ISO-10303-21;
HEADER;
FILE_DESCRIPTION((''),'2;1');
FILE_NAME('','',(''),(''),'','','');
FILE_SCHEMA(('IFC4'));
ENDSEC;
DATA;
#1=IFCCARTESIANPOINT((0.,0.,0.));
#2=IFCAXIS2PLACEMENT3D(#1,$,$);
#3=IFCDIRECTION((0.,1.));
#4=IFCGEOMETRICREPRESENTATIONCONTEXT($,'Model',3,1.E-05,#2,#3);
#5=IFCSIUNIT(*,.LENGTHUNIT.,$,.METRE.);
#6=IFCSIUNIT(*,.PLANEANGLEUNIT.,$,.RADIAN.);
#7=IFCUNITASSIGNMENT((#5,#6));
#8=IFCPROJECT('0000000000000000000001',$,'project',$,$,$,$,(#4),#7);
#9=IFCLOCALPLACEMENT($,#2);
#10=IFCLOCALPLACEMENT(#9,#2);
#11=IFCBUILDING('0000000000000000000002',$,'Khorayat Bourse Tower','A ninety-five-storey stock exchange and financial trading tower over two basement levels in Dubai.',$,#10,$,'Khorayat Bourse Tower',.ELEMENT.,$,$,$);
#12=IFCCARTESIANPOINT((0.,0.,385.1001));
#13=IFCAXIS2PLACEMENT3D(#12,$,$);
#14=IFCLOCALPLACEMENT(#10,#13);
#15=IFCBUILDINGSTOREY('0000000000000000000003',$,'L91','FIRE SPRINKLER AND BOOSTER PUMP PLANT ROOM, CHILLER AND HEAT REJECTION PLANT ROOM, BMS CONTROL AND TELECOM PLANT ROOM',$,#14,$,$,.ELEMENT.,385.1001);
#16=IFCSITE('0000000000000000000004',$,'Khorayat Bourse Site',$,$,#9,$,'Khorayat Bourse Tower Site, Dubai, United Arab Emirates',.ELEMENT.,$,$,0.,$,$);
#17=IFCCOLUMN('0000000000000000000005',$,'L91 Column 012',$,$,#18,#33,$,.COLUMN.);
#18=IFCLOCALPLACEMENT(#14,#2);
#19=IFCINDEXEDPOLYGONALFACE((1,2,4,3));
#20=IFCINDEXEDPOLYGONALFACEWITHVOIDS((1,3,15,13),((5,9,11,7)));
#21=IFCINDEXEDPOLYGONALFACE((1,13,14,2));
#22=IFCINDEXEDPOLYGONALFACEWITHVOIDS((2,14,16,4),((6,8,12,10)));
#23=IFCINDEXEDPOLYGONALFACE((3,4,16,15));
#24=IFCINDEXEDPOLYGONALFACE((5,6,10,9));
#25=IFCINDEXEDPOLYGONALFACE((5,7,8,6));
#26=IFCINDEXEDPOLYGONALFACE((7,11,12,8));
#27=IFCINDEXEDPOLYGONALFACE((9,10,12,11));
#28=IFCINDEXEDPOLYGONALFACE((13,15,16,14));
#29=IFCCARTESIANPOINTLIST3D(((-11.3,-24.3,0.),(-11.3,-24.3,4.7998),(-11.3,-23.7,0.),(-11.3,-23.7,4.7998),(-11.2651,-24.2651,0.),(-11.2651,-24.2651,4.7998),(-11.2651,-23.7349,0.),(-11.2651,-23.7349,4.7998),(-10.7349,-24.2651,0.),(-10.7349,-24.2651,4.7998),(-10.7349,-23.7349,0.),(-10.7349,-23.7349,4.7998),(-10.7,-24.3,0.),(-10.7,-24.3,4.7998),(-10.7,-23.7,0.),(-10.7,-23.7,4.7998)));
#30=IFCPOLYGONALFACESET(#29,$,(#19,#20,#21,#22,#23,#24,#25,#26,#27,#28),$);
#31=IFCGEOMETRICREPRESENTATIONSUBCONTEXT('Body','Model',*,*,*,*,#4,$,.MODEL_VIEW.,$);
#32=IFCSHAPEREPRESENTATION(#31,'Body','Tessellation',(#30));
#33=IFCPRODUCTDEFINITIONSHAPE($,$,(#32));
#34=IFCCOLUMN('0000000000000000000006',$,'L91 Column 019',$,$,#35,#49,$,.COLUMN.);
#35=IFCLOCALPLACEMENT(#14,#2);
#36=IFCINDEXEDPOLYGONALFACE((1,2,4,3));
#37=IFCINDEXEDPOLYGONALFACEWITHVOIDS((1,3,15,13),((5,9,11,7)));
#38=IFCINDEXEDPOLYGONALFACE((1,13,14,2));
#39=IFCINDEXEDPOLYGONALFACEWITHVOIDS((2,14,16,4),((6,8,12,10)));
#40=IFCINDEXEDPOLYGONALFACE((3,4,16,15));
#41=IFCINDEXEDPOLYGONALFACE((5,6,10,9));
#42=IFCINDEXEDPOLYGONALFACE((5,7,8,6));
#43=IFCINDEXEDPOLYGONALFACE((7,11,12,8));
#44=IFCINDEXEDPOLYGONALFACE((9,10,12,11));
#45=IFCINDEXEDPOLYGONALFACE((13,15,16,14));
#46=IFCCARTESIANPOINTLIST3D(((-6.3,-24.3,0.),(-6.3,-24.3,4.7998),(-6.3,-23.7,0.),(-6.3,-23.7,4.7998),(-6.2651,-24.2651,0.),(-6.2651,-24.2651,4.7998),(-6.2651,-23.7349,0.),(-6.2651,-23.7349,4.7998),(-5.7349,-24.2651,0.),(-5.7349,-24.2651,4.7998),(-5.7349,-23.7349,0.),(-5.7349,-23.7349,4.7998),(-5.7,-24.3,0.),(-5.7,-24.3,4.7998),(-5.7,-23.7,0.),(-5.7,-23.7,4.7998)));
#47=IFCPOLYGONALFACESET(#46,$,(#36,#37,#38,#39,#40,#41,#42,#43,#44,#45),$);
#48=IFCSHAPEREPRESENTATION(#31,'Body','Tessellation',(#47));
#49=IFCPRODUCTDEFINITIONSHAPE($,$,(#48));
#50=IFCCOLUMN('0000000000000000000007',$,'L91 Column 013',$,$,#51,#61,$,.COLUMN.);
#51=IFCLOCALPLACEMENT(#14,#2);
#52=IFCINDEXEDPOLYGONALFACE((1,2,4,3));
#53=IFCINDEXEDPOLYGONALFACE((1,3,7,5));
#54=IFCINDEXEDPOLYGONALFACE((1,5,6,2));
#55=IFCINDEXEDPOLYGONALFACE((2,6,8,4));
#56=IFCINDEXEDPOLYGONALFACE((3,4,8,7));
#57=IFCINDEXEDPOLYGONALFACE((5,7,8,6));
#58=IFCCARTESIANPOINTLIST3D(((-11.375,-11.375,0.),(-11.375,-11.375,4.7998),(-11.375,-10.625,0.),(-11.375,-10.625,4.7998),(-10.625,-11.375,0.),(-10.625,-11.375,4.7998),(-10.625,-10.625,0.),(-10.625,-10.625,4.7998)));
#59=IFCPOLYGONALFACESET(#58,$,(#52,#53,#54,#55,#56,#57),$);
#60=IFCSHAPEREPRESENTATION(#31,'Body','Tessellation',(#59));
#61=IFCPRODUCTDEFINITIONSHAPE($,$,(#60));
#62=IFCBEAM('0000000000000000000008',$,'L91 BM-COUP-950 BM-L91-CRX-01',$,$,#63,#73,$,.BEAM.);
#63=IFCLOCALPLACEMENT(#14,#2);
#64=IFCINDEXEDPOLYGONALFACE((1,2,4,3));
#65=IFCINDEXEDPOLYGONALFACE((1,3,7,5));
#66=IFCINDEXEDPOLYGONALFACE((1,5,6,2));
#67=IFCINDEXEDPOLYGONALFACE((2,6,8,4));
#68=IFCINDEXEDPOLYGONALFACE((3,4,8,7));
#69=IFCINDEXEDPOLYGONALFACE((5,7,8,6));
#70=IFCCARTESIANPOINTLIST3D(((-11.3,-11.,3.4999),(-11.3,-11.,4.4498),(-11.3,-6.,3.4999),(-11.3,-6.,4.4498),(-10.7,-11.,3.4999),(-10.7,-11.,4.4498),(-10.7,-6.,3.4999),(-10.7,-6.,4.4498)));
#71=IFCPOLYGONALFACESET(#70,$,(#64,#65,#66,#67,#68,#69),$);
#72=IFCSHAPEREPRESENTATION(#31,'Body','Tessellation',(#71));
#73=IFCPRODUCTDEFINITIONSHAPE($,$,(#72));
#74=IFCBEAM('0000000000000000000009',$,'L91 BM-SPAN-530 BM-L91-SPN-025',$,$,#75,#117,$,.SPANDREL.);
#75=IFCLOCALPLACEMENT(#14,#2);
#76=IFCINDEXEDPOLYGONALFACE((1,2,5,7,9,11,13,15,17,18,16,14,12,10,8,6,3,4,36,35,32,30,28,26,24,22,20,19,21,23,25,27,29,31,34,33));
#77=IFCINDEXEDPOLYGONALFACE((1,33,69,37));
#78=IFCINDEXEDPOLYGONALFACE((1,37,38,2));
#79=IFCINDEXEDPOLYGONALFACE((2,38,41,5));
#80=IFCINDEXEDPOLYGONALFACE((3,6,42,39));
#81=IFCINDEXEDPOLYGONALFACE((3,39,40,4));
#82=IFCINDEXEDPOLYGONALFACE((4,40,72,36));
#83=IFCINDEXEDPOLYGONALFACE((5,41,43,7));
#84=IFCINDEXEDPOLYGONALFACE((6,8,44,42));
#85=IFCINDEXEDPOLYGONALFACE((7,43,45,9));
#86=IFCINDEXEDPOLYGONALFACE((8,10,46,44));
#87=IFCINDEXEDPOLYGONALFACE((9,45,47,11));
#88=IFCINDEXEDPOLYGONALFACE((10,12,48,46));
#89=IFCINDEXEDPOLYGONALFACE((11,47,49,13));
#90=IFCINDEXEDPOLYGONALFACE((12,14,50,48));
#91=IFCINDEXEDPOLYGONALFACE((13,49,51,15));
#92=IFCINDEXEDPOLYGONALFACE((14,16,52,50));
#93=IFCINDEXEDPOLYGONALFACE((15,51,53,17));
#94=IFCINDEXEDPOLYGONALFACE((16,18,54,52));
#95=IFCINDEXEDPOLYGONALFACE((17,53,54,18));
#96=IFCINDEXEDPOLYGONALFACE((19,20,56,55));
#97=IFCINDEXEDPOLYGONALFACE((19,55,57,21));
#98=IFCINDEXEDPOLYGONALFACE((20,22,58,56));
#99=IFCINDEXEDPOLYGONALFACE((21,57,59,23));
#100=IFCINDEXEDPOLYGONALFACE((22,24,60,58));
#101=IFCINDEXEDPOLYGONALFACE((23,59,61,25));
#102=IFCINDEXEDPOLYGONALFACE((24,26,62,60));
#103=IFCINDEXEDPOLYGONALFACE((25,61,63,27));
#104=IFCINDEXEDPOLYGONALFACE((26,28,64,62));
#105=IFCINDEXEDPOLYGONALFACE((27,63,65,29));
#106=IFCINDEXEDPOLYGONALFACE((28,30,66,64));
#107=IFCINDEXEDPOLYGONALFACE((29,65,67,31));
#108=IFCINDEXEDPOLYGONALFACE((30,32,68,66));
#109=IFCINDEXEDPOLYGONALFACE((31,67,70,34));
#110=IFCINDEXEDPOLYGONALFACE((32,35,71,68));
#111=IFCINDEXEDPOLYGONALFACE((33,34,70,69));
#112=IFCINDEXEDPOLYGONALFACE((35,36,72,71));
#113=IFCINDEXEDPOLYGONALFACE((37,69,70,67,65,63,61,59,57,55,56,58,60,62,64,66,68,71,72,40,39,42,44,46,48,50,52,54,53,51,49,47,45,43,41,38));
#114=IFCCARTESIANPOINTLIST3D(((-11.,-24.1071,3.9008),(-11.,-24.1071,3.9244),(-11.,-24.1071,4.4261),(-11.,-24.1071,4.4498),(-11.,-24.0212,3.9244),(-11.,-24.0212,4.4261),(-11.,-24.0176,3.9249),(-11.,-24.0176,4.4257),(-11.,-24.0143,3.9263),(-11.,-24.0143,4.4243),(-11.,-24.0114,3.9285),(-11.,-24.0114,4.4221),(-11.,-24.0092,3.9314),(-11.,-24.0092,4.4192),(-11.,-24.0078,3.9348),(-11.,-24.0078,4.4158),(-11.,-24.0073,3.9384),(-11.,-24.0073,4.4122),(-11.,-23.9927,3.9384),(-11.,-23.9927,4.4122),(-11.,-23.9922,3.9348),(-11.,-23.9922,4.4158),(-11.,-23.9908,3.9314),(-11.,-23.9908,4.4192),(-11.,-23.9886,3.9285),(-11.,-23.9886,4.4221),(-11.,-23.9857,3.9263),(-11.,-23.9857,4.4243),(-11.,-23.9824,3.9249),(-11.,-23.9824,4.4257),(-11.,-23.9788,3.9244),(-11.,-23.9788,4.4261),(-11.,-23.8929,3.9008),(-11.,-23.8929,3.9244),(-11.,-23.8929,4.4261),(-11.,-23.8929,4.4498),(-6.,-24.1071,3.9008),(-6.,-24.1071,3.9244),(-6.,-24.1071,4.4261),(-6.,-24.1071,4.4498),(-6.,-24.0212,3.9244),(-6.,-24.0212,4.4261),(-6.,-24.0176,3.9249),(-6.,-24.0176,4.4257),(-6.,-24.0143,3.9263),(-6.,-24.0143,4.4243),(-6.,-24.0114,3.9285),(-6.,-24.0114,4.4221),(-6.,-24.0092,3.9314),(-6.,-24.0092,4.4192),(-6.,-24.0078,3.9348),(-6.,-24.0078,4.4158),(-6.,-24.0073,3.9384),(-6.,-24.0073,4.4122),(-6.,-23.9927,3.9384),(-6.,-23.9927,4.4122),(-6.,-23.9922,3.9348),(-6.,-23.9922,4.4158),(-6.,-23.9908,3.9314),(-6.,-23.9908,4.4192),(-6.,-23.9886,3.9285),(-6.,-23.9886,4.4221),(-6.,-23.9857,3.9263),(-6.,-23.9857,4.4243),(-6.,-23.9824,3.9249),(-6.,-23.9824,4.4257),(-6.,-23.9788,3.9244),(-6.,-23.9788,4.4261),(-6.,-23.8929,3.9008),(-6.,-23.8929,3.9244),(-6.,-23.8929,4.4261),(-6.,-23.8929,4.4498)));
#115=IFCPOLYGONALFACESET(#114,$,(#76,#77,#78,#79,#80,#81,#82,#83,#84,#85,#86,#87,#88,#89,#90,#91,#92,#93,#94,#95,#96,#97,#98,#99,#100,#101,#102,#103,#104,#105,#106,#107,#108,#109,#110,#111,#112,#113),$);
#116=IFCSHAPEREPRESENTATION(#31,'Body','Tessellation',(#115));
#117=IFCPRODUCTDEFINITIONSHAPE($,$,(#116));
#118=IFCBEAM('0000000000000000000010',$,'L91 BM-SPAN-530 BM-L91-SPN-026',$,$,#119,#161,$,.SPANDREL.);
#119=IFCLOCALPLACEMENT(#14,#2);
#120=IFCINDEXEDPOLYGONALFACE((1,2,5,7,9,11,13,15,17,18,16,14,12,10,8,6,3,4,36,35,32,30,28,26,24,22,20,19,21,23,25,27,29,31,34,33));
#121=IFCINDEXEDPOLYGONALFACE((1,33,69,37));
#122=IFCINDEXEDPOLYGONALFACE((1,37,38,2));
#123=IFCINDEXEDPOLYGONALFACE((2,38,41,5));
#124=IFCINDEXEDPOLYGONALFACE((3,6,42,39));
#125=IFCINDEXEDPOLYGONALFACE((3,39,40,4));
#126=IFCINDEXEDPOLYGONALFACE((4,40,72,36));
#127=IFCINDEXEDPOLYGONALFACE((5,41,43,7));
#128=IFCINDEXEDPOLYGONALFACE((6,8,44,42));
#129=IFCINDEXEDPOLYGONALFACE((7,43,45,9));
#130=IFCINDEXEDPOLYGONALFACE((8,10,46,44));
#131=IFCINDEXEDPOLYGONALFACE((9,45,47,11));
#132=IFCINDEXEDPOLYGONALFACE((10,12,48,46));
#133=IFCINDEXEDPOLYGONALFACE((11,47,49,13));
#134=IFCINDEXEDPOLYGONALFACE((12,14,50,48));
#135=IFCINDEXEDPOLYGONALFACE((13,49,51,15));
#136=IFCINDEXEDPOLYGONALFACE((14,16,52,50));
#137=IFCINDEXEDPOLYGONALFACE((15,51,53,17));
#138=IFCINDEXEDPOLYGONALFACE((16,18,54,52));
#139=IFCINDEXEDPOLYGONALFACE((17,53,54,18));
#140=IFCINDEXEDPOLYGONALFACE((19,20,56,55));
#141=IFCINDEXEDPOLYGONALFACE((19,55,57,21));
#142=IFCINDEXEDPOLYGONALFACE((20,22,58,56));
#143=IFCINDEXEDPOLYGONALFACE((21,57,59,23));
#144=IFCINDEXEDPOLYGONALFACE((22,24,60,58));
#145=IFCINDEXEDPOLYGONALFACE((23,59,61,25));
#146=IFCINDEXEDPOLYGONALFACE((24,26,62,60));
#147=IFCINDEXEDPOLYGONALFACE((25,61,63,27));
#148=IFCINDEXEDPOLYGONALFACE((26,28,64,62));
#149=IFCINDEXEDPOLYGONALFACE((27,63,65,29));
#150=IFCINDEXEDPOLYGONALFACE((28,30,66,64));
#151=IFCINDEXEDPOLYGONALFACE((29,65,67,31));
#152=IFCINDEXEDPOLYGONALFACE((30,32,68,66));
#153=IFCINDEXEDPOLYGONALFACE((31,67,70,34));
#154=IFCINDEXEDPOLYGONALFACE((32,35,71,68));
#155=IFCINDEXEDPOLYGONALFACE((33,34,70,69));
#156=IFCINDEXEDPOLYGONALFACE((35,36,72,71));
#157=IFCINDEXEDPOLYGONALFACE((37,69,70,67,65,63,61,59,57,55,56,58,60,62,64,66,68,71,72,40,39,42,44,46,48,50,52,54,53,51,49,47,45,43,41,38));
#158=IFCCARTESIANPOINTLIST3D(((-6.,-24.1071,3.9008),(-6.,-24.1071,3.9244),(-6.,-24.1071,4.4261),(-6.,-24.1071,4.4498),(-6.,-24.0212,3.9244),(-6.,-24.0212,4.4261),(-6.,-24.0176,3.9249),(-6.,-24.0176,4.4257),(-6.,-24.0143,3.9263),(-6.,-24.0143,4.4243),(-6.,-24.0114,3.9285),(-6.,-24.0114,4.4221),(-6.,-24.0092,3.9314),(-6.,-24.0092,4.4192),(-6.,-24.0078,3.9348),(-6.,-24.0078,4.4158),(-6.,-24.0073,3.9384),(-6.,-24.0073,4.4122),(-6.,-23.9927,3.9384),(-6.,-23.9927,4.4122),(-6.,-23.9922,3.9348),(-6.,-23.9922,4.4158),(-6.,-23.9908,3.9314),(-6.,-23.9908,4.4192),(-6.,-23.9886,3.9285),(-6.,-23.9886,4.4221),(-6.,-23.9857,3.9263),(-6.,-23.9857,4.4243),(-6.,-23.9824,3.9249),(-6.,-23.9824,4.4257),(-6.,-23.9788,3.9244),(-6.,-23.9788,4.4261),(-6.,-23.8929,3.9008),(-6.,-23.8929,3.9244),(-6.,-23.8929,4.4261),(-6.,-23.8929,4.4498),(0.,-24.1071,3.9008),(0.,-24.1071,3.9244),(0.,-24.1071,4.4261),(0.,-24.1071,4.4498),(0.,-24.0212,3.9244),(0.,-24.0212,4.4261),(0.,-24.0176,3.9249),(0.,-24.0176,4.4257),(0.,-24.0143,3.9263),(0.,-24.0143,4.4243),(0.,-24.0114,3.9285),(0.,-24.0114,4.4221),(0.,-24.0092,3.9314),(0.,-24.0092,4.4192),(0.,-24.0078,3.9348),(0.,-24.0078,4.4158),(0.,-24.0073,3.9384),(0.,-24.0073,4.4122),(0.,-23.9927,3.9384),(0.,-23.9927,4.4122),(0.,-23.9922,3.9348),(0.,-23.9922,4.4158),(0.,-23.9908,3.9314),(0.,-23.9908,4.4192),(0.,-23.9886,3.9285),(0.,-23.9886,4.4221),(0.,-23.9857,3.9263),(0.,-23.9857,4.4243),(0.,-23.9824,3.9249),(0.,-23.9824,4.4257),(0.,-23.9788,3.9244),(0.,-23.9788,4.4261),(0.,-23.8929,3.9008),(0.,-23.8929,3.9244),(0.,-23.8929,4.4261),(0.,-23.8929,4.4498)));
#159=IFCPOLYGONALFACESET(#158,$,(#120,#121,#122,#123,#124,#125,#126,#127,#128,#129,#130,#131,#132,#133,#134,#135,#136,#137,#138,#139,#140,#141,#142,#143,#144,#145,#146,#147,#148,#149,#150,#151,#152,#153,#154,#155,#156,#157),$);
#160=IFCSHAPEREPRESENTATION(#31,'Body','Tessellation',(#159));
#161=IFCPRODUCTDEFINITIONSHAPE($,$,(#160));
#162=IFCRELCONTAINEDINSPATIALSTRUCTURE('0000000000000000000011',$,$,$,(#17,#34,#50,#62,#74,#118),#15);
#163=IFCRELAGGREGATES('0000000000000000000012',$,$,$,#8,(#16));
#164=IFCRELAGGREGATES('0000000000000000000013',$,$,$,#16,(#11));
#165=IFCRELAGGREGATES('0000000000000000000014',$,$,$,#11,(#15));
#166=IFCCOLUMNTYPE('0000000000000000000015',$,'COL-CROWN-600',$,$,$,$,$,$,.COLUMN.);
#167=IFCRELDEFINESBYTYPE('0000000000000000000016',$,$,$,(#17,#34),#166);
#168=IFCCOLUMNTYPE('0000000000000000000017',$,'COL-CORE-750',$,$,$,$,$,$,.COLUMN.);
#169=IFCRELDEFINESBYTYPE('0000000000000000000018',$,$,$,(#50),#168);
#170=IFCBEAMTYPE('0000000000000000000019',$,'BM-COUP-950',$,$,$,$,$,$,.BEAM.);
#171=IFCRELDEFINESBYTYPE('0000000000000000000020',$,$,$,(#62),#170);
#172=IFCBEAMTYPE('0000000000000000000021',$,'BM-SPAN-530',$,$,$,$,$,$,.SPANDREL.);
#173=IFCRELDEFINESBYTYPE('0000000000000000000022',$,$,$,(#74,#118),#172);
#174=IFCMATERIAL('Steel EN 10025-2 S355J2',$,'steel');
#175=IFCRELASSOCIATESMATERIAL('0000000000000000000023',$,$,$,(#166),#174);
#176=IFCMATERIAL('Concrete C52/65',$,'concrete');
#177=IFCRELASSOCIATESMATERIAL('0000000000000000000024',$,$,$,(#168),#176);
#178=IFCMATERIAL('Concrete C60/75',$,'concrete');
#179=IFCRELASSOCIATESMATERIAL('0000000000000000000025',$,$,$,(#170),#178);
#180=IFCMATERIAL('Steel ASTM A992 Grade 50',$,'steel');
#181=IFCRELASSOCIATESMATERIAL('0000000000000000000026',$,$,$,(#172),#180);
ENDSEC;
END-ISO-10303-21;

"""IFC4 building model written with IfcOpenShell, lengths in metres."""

from ifc_helpers import new_model, si_unit, direction, frame, origin, origin_2d, place, context, subcontext, project, spatial, rectangle, hollow_rectangle, i_section, extrude, source, transform, mapped, material, material_profile, profile_set, type_object, element, save


model = new_model("IFC4")

# Units and contexts
model_context = context("Model", 3, precision=1e-05, world=origin(), true_north=direction((0.0, 1.0)))
body_context = subcontext(model_context, "Body", "Model", "MODEL_VIEW")
ifc_project = project(units=[si_unit("LENGTHUNIT", "METRE"), si_unit("PLANEANGLEUNIT", "RADIAN")], contexts=[model_context])

# Site, building, storey
site_placement = place(None, origin())
site = spatial("IfcSite", under=ifc_project, at=site_placement, Name="Khorayat Bourse Site", LongName="Khorayat Bourse Tower Site, Dubai, United Arab Emirates", CompositionType="ELEMENT", RefElevation=0.0)
building_placement = place(site_placement, origin())
building = spatial("IfcBuilding", under=site, at=building_placement, Name="Khorayat Bourse Tower", Description="A ninety-five-storey stock exchange and financial trading tower over two basement levels in Dubai.", LongName="Khorayat Bourse Tower", CompositionType="ELEMENT")
storey_placement = place(building_placement, frame((0.0, 0.0, 385.1001)))
storey = spatial("IfcBuildingStorey", under=building, at=storey_placement, Name="L91", Description="FIRE SPRINKLER AND BOOSTER PUMP PLANT ROOM, CHILLER AND HEAT REJECTION PLANT ROOM, BMS CONTROL AND TELECOM PLANT ROOM", CompositionType="ELEMENT", Elevation=385.1001)

# Columns
ifc_material_1 = material(Name="Steel EN 10025-2 S355J2", Category="steel")
ifc_material_profile_1 = material_profile(ifc_material_1, hollow_rectangle(XDim=0.6001, YDim=0.6001, WallThickness=0.0349, at=origin_2d()), Name="BOX 600x600x35")
ifc_profile_set_1 = profile_set([ifc_material_profile_1], Name="Steel EN 10025-2 S355J2")
column_type_1 = type_object("IfcColumnType", Name="COL-CROWN-600", PredefinedType="COLUMN", material=ifc_profile_set_1)
shared_shape_1 = source(origin(), body_context, "Body", "SweptSolid", [
    extrude(hollow_rectangle(XDim=0.6001, YDim=0.6001, WallThickness=0.0349, at=origin_2d()), origin(), (0.0, 0.0, 1.0), 4.7998),
])
for number, where, z_axis, x_axis, name in (
    (1, (-11.0, -24.0, 0.0), (0.0, 0.0, 1.0), (1.0, 0.0, 0.0), "L91 Column 012"),
    (2, (-6.0, -24.0, 0.0), (0.0, 0.0, 1.0), (1.0, 0.0, 0.0), "L91 Column 019"),
):
    element("IfcColumn", number, at=place(storey_placement, frame(where, z_axis=z_axis, x_axis=x_axis)), inside=storey, type_object=column_type_1, Name=name, PredefinedType="COLUMN", context=body_context, shape_type="MappedRepresentation", body=[
        mapped(shared_shape_1, transform((0.0, 0.0, 0.0), scale=1.0)),
    ])
ifc_material_2 = material(Name="Concrete C52/65", Category="concrete")
ifc_material_profile_2 = material_profile(ifc_material_2, rectangle(XDim=0.75, YDim=0.75, at=origin_2d()), Name="RC 750x750")
ifc_profile_set_2 = profile_set([ifc_material_profile_2], Name="Concrete C52/65")
column_type_2 = type_object("IfcColumnType", Name="COL-CORE-750", PredefinedType="COLUMN", material=ifc_profile_set_2)
shared_shape_2 = source(origin(), body_context, "Body", "SweptSolid", [
    extrude(rectangle(XDim=0.75, YDim=0.75, at=origin_2d()), origin(), (0.0, 0.0, 1.0), 4.7998),
])
column_placement = place(storey_placement, frame((-11.0, -11.0, 0.0), z_axis=(0.0, 0.0, 1.0), x_axis=(1.0, 0.0, 0.0)))
element("IfcColumn", 3, at=column_placement, inside=storey, type_object=column_type_2, Name="L91 Column 013", PredefinedType="COLUMN", context=body_context, shape_type="MappedRepresentation", body=[
    mapped(shared_shape_2, transform((0.0, 0.0, 0.0), scale=1.0)),
])

# Beams
ifc_material_3 = material(Name="Concrete C60/75", Category="concrete")
ifc_material_profile_3 = material_profile(ifc_material_3, rectangle(XDim=0.6001, YDim=0.95, at=origin_2d()), Name="RC 600x950")
ifc_profile_set_3 = profile_set([ifc_material_profile_3], Name="Concrete C60/75")
beam_type_1 = type_object("IfcBeamType", Name="BM-COUP-950", PredefinedType="BEAM", material=ifc_profile_set_3)
shared_shape_3 = source(origin(), body_context, "Body", "SweptSolid", [
    extrude(rectangle(XDim=0.6001, YDim=0.95, at=origin_2d()), origin(), (0.0, 0.0, 1.0), 5.0),
])
beam_1_placement = place(storey_placement, frame((-11.0, -11.0, 3.9749), z_axis=(0.0, 1.0, 0.0), x_axis=(-1.0, 0.0, 0.0)))
element("IfcBeam", 4, at=beam_1_placement, inside=storey, type_object=beam_type_1, Name="L91 BM-COUP-950 BM-L91-CRX-01", PredefinedType="BEAM", context=body_context, shape_type="MappedRepresentation", body=[
    mapped(shared_shape_3, transform((0.0, 0.0, 0.0), scale=1.0)),
])
ifc_material_4 = material(Name="Steel ASTM A992 Grade 50", Category="steel")
ifc_material_profile_4 = material_profile(ifc_material_4, i_section(OverallWidth=0.2141, OverallDepth=0.5491, WebThickness=0.0146, FlangeThickness=0.0237, FilletRadius=0.0139, at=origin_2d()), Name="W530X138")
ifc_profile_set_4 = profile_set([ifc_material_profile_4], Name="Steel ASTM A992 Grade 50")
beam_type_2 = type_object("IfcBeamType", Name="BM-SPAN-530", PredefinedType="SPANDREL", material=ifc_profile_set_4)
shared_shape_4 = source(origin(), body_context, "Body", "SweptSolid", [
    extrude(i_section(OverallWidth=0.2141, OverallDepth=0.5491, WebThickness=0.0146, FlangeThickness=0.0237, FilletRadius=0.0139, at=origin_2d()), origin(), (0.0, 0.0, 1.0), 5.0),
])
beam_2_placement = place(storey_placement, frame((-11.0, -24.0, 4.1753), z_axis=(1.0, 0.0, 0.0), x_axis=(0.0, 1.0, 0.0)))
element("IfcBeam", 5, at=beam_2_placement, inside=storey, type_object=beam_type_2, Name="L91 BM-SPAN-530 BM-L91-SPN-025", PredefinedType="SPANDREL", context=body_context, shape_type="MappedRepresentation", body=[
    mapped(shared_shape_4, transform((0.0, 0.0, 0.0), scale=1.0)),
])
shared_shape_5 = source(origin(), body_context, "Body", "SweptSolid", [
    extrude(i_section(OverallWidth=0.2141, OverallDepth=0.5491, WebThickness=0.0146, FlangeThickness=0.0237, FilletRadius=0.0139, at=origin_2d()), origin(), (0.0, 0.0, 1.0), 6.0),
])
beam_3_placement = place(storey_placement, frame((-6.0, -24.0, 4.1753), z_axis=(1.0, 0.0, 0.0), x_axis=(0.0, 1.0, 0.0)))
element("IfcBeam", 6, at=beam_3_placement, inside=storey, type_object=beam_type_2, Name="L91 BM-SPAN-530 BM-L91-SPN-026", PredefinedType="SPANDREL", context=body_context, shape_type="MappedRepresentation", body=[
    mapped(shared_shape_5, transform((0.0, 0.0, 0.0), scale=1.0)),
])

save(model, "model.ifc")
